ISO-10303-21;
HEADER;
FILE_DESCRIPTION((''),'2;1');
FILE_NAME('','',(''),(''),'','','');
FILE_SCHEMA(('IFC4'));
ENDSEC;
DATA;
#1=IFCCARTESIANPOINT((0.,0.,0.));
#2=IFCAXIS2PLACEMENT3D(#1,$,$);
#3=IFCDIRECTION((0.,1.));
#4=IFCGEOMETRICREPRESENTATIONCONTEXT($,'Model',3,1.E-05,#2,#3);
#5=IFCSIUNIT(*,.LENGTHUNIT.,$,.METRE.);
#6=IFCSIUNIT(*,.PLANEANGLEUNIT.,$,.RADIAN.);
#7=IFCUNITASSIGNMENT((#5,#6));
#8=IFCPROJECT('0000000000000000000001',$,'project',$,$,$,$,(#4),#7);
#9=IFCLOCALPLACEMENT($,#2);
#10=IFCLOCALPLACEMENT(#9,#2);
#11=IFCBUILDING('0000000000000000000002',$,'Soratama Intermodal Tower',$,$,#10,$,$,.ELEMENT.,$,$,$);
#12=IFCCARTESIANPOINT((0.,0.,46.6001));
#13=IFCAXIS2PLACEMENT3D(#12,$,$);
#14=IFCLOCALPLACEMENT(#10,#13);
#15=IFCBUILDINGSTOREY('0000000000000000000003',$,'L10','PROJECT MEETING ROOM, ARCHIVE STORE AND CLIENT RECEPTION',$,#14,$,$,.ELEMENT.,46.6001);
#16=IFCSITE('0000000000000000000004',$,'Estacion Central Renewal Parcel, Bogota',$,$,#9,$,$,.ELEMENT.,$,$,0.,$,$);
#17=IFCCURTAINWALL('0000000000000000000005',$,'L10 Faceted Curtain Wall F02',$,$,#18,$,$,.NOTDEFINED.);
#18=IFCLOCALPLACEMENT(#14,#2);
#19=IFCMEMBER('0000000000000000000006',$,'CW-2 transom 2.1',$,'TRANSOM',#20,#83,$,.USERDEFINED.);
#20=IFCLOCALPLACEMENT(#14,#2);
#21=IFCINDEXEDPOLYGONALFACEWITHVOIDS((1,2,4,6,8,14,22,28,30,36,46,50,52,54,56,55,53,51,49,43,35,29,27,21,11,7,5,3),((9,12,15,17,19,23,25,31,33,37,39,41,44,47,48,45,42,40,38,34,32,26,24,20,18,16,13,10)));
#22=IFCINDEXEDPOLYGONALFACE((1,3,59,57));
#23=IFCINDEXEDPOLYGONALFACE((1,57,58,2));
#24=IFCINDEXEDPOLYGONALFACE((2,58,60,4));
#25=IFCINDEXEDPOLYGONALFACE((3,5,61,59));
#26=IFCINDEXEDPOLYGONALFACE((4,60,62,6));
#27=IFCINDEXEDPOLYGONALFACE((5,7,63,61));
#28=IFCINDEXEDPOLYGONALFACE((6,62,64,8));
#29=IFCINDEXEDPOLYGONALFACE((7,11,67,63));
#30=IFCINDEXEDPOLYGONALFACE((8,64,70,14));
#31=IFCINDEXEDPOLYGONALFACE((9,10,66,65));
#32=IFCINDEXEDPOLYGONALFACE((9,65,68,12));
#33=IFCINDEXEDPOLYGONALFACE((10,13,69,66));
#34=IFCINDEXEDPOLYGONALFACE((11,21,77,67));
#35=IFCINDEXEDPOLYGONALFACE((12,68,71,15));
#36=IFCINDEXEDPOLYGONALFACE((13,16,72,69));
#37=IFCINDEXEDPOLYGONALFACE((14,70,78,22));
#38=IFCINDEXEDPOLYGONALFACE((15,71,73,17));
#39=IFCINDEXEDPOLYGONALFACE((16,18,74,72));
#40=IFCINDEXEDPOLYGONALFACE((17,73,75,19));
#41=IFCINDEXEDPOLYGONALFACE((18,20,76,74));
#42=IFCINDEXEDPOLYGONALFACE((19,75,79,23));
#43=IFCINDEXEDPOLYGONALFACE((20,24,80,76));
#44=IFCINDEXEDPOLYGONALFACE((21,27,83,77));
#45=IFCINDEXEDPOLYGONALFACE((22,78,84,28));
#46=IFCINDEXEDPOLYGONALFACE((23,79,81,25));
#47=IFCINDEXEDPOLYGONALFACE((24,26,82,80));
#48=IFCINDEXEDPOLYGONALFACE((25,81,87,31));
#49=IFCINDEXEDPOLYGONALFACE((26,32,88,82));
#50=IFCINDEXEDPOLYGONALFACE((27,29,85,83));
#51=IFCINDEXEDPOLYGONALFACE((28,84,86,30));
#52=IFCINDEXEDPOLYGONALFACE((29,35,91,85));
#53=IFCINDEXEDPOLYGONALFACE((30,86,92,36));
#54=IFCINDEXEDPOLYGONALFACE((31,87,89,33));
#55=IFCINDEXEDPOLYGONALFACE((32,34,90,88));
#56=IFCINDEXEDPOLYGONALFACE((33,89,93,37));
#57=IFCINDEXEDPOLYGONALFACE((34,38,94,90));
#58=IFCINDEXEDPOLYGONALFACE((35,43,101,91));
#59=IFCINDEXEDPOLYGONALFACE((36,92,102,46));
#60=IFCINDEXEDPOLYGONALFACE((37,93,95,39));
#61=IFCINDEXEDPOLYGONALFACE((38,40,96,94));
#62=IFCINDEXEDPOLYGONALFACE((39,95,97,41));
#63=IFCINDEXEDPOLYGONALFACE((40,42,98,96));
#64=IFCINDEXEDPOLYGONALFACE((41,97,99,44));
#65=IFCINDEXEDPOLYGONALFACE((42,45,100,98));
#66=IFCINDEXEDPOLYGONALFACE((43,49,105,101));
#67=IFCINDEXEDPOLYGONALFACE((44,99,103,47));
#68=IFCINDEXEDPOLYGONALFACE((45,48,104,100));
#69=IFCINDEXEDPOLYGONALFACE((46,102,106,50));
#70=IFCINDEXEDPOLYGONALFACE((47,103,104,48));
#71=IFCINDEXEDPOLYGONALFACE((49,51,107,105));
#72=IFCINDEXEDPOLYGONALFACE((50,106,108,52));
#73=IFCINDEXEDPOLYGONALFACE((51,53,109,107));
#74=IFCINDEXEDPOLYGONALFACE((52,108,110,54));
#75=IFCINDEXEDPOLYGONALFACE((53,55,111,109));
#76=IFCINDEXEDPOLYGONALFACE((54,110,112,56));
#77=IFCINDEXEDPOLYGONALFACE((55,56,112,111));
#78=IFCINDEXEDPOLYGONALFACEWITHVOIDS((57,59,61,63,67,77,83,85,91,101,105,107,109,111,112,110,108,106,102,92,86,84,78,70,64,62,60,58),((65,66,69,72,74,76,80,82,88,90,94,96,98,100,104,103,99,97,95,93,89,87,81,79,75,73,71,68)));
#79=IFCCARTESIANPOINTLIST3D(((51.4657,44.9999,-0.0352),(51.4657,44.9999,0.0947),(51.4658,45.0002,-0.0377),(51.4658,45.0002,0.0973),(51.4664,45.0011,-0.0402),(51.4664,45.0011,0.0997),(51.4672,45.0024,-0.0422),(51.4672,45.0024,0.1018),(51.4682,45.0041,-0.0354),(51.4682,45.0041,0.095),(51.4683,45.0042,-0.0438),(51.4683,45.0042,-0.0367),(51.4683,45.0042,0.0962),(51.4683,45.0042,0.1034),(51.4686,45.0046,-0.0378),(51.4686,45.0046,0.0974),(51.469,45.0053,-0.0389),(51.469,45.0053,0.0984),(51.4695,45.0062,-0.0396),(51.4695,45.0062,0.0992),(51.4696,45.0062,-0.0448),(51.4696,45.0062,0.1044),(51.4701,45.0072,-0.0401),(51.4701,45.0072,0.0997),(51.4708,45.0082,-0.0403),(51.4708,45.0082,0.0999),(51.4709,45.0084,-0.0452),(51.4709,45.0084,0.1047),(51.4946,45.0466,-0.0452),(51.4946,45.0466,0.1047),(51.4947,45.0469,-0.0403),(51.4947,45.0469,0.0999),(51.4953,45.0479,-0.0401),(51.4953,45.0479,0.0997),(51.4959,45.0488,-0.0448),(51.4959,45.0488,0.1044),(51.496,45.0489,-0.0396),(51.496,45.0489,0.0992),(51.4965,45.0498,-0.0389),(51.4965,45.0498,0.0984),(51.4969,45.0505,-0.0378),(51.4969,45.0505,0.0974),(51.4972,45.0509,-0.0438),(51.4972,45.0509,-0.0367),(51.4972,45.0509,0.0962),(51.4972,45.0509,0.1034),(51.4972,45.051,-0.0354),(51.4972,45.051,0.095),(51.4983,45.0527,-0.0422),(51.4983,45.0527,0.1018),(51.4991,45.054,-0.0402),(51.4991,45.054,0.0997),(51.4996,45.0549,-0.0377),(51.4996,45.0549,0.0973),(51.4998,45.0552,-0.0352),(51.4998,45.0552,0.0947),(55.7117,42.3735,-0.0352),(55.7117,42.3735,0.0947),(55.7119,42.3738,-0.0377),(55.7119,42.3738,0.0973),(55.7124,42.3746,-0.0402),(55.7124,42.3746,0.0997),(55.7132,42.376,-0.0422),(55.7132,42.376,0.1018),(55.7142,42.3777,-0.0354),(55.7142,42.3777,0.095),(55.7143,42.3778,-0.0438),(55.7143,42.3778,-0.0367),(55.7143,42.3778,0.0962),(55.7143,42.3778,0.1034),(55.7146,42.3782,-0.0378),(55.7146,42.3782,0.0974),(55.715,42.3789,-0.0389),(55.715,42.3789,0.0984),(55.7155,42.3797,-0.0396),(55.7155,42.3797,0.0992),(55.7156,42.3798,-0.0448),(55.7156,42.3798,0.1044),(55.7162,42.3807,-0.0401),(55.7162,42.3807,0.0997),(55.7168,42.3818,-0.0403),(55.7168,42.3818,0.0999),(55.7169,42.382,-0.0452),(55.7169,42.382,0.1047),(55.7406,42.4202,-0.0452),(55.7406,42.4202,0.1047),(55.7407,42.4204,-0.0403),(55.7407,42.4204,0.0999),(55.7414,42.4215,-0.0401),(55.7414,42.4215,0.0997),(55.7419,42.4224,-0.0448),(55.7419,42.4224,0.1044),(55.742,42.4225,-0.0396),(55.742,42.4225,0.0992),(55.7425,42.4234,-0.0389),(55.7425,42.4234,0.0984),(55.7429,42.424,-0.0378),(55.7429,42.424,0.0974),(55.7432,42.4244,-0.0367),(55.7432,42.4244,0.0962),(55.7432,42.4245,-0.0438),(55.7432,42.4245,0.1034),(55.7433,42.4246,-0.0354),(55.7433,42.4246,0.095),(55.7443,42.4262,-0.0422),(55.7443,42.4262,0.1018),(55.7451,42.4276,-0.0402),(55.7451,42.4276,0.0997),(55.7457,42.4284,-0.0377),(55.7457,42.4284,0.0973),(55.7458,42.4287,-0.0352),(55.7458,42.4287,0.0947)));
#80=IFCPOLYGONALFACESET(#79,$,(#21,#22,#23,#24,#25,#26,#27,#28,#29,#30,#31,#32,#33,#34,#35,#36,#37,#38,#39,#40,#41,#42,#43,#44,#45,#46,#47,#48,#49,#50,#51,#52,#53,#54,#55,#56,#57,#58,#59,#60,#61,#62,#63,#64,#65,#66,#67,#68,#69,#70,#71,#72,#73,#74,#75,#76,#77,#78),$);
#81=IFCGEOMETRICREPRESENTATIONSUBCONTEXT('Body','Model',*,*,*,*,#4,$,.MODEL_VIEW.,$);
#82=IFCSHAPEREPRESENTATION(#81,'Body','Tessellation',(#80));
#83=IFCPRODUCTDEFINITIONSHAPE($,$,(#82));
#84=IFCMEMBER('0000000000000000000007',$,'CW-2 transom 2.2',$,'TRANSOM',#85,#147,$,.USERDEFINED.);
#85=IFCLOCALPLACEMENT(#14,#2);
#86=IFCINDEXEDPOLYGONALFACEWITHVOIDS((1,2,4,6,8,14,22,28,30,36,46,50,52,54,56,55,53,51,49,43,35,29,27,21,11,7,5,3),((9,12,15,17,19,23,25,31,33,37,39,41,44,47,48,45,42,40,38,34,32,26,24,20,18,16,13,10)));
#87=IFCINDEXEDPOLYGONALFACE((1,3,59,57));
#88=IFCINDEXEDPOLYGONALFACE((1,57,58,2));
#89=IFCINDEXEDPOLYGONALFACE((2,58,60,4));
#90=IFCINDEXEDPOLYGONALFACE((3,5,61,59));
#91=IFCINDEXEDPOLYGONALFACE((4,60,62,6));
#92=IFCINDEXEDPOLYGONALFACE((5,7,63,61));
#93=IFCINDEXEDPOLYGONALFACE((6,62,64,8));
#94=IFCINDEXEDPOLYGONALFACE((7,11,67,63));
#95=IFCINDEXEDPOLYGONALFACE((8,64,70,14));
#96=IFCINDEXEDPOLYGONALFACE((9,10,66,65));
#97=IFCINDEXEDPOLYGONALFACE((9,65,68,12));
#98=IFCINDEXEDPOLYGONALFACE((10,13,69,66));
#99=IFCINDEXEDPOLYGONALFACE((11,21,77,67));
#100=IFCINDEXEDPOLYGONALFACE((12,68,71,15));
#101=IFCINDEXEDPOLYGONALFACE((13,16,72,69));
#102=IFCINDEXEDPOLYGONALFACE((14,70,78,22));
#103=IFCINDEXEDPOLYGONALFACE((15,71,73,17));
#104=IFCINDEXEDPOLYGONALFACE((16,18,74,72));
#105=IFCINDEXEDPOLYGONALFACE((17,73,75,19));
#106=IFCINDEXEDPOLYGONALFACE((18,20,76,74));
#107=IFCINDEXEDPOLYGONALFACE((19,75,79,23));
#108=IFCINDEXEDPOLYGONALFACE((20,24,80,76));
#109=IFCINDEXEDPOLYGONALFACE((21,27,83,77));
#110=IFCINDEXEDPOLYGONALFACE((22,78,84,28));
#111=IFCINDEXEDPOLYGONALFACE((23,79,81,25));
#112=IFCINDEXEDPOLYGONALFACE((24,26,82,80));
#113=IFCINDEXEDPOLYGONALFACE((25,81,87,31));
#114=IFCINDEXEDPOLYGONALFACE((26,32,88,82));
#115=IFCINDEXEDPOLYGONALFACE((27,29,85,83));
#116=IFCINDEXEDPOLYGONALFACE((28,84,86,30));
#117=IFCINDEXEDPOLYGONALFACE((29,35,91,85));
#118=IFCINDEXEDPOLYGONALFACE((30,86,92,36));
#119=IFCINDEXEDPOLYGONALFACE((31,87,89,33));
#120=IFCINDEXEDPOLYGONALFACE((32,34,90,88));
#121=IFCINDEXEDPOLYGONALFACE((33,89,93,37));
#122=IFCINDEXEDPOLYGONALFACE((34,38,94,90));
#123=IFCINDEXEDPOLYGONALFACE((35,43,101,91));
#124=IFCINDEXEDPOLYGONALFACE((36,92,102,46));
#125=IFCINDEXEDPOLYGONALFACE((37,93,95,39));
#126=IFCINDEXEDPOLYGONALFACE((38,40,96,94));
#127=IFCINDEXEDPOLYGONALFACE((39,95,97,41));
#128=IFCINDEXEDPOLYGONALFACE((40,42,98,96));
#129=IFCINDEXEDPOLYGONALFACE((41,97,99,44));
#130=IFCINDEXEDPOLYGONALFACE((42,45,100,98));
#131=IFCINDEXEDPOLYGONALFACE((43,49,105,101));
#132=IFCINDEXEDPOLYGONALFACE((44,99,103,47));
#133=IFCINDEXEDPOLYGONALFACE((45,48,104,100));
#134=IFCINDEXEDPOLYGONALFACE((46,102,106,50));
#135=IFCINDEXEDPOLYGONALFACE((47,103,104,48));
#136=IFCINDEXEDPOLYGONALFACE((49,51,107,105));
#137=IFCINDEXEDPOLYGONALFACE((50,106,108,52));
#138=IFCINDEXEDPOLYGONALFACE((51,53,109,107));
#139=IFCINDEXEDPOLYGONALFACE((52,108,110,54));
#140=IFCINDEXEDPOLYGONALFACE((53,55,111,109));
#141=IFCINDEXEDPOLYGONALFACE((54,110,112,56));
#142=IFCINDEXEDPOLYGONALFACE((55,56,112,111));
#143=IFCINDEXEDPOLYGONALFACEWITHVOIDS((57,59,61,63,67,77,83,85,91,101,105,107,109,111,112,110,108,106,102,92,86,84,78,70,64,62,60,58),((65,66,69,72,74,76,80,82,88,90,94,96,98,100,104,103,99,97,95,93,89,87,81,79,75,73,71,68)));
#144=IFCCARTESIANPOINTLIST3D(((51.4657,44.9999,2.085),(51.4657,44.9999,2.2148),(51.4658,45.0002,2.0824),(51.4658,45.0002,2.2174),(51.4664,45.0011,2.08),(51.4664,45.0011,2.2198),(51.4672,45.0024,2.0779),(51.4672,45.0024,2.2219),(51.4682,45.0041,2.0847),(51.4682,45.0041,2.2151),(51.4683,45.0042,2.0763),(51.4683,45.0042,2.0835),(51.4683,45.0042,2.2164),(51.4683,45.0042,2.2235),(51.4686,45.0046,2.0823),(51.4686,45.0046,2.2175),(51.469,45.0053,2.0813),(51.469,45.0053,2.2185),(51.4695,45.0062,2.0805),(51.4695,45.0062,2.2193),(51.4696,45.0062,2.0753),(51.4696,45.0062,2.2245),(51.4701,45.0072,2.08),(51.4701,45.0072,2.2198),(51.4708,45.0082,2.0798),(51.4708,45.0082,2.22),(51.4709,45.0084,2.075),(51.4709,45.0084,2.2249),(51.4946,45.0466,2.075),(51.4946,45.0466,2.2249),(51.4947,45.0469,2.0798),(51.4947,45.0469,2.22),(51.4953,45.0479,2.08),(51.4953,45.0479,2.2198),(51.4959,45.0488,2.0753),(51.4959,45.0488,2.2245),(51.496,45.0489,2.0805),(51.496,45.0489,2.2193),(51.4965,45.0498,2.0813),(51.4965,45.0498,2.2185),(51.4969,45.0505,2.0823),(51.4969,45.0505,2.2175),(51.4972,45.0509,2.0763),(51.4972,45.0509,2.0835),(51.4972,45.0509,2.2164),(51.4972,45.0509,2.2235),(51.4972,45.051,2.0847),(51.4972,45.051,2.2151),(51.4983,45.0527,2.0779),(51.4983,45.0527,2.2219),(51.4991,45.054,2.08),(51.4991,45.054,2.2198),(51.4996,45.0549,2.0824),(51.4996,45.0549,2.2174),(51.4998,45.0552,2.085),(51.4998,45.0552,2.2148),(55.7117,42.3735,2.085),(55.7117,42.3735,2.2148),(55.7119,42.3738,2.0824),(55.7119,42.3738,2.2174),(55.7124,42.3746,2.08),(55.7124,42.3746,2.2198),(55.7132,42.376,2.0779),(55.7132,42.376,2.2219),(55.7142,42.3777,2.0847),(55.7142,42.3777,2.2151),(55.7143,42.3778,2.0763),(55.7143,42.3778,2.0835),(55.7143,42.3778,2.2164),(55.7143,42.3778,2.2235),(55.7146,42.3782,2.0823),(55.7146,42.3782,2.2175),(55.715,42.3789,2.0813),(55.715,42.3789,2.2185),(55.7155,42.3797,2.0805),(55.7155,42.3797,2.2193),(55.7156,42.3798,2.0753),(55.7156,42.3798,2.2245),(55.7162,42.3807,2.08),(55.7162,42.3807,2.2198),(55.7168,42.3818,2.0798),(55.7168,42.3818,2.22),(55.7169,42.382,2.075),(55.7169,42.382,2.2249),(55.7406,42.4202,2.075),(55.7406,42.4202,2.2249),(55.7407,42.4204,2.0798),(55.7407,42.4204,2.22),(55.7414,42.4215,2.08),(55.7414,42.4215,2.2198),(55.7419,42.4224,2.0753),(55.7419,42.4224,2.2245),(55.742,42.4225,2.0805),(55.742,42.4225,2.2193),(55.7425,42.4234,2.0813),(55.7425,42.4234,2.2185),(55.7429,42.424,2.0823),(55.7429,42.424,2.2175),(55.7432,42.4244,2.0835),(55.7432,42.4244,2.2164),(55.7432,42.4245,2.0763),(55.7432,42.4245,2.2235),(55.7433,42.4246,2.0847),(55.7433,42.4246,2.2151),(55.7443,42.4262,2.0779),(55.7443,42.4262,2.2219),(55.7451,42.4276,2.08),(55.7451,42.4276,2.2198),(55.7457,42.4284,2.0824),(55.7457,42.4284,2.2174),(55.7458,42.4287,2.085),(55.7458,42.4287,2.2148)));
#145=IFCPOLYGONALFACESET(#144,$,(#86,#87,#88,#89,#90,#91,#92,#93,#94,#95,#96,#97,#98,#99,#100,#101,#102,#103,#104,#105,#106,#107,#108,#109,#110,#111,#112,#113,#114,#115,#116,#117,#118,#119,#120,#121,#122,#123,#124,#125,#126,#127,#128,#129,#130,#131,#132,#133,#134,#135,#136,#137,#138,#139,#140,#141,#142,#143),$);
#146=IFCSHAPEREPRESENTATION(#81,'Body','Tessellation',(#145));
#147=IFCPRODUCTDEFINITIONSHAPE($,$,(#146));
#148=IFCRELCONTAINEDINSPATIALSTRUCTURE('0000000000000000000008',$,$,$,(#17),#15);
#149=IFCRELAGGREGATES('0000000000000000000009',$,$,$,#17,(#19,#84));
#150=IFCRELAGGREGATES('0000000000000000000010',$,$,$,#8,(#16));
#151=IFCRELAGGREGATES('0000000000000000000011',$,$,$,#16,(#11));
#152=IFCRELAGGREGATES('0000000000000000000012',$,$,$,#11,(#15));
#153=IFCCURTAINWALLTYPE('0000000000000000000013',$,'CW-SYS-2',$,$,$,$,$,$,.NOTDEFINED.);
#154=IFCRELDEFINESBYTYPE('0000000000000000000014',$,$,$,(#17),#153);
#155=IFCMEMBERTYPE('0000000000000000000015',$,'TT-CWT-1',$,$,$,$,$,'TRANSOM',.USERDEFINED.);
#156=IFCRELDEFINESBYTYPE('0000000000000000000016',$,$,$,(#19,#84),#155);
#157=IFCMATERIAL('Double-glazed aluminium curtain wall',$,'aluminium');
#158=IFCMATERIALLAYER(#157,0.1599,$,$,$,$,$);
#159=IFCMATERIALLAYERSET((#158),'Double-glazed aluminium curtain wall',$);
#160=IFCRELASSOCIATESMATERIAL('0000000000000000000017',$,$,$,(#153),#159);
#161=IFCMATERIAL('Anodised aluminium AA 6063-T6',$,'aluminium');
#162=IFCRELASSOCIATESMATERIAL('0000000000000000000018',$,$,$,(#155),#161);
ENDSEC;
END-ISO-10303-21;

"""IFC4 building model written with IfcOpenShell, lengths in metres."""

from ifc_helpers import new_model, si_unit, direction, frame, origin, origin_2d, place, context, subcontext, project, spatial, hollow_rectangle, extrude, material, layer, layer_set, material_profile, profile_set, type_object, element, aggregate, save


model = new_model("IFC4")

# Units and contexts
model_context = context("Model", 3, precision=1e-05, world=origin(), true_north=direction((0.0, 1.0)))
body_context = subcontext(model_context, "Body", "Model", "MODEL_VIEW")
ifc_project = project(units=[si_unit("LENGTHUNIT", "METRE"), si_unit("PLANEANGLEUNIT", "RADIAN")], contexts=[model_context])

# Site, building, storey
site_placement = place(None, origin())
site = spatial("IfcSite", under=ifc_project, at=site_placement, Name="Estacion Central Renewal Parcel, Bogota", CompositionType="ELEMENT", RefElevation=0.0)
building_placement = place(site_placement, origin())
building = spatial("IfcBuilding", under=site, at=building_placement, Name="Soratama Intermodal Tower", CompositionType="ELEMENT")
storey_placement = place(building_placement, frame((0.0, 0.0, 46.6001)))
storey = spatial("IfcBuildingStorey", under=building, at=storey_placement, Name="L10", Description="PROJECT MEETING ROOM, ARCHIVE STORE AND CLIENT RECEPTION", CompositionType="ELEMENT", Elevation=46.6001)

# Shared definitions
ifc_material_1 = material(Name="Double-glazed aluminium curtain wall", Category="aluminium")
ifc_layer_1 = layer(ifc_material_1, 0.1599)
ifc_layer_set_1 = layer_set([ifc_layer_1], Name="Double-glazed aluminium curtain wall")
curtain_wall_type = type_object("IfcCurtainWallType", Name="CW-SYS-2", PredefinedType="NOTDEFINED", material=ifc_layer_set_1)

# Curtain wall, members
curtain_wall_1_placement = place(storey_placement, origin())
curtain_wall_1 = element("IfcCurtainWall", 1, at=curtain_wall_1_placement, inside=storey, type_object=curtain_wall_type, Name="L10 Faceted Curtain Wall F02", PredefinedType="NOTDEFINED")
ifc_material_2 = material(Name="Anodised aluminium AA 6063-T6", Category="aluminium")
ifc_material_profile_1 = material_profile(ifc_material_2, hollow_rectangle(XDim=0.0649, YDim=0.1499, WallThickness=0.0049, InnerFilletRadius=0.0049, OuterFilletRadius=0.01, at=origin_2d()), Name="CWT150X65X5")
ifc_profile_set_1 = profile_set([ifc_material_profile_1], Name="Anodised aluminium AA 6063-T6")
member_type_1 = type_object("IfcMemberType", Name="TT-CWT-1", ElementType="TRANSOM", PredefinedType="USERDEFINED", material=ifc_profile_set_1)
member_1_placement = place(storey_placement, frame((55.7288, 42.4011, 0.0298), z_axis=(-0.850451, 0.526055, 0.0), x_axis=(-0.526055, -0.850451, 0.0)))
member_1 = element("IfcMember", 2, at=member_1_placement, type_object=member_type_1, Name="CW-2 transom 2.1", ObjectType="TRANSOM", PredefinedType="USERDEFINED", context=body_context, shape_type="SweptSolid", body=[
    extrude(hollow_rectangle(XDim=0.0649, YDim=0.1499, WallThickness=0.0049, InnerFilletRadius=0.0049, OuterFilletRadius=0.01, at=origin_2d()), origin(), (0.0, 0.0, 1.0), 4.9927),
])
member_2_placement = place(storey_placement, frame((55.7288, 42.4011, 2.1499), z_axis=(-0.850451, 0.526055, 0.0), x_axis=(-0.526055, -0.850451, 0.0)))
member_2 = element("IfcMember", 3, at=member_2_placement, type_object=member_type_1, Name="CW-2 transom 2.2", ObjectType="TRANSOM", PredefinedType="USERDEFINED", context=body_context, shape_type="SweptSolid", body=[
    extrude(hollow_rectangle(XDim=0.0649, YDim=0.1499, WallThickness=0.0049, InnerFilletRadius=0.0049, OuterFilletRadius=0.01, at=origin_2d()), origin(), (0.0, 0.0, 1.0), 4.9927),
])

aggregate(curtain_wall_1, [member_1, member_2])

save(model, "model.ifc")
